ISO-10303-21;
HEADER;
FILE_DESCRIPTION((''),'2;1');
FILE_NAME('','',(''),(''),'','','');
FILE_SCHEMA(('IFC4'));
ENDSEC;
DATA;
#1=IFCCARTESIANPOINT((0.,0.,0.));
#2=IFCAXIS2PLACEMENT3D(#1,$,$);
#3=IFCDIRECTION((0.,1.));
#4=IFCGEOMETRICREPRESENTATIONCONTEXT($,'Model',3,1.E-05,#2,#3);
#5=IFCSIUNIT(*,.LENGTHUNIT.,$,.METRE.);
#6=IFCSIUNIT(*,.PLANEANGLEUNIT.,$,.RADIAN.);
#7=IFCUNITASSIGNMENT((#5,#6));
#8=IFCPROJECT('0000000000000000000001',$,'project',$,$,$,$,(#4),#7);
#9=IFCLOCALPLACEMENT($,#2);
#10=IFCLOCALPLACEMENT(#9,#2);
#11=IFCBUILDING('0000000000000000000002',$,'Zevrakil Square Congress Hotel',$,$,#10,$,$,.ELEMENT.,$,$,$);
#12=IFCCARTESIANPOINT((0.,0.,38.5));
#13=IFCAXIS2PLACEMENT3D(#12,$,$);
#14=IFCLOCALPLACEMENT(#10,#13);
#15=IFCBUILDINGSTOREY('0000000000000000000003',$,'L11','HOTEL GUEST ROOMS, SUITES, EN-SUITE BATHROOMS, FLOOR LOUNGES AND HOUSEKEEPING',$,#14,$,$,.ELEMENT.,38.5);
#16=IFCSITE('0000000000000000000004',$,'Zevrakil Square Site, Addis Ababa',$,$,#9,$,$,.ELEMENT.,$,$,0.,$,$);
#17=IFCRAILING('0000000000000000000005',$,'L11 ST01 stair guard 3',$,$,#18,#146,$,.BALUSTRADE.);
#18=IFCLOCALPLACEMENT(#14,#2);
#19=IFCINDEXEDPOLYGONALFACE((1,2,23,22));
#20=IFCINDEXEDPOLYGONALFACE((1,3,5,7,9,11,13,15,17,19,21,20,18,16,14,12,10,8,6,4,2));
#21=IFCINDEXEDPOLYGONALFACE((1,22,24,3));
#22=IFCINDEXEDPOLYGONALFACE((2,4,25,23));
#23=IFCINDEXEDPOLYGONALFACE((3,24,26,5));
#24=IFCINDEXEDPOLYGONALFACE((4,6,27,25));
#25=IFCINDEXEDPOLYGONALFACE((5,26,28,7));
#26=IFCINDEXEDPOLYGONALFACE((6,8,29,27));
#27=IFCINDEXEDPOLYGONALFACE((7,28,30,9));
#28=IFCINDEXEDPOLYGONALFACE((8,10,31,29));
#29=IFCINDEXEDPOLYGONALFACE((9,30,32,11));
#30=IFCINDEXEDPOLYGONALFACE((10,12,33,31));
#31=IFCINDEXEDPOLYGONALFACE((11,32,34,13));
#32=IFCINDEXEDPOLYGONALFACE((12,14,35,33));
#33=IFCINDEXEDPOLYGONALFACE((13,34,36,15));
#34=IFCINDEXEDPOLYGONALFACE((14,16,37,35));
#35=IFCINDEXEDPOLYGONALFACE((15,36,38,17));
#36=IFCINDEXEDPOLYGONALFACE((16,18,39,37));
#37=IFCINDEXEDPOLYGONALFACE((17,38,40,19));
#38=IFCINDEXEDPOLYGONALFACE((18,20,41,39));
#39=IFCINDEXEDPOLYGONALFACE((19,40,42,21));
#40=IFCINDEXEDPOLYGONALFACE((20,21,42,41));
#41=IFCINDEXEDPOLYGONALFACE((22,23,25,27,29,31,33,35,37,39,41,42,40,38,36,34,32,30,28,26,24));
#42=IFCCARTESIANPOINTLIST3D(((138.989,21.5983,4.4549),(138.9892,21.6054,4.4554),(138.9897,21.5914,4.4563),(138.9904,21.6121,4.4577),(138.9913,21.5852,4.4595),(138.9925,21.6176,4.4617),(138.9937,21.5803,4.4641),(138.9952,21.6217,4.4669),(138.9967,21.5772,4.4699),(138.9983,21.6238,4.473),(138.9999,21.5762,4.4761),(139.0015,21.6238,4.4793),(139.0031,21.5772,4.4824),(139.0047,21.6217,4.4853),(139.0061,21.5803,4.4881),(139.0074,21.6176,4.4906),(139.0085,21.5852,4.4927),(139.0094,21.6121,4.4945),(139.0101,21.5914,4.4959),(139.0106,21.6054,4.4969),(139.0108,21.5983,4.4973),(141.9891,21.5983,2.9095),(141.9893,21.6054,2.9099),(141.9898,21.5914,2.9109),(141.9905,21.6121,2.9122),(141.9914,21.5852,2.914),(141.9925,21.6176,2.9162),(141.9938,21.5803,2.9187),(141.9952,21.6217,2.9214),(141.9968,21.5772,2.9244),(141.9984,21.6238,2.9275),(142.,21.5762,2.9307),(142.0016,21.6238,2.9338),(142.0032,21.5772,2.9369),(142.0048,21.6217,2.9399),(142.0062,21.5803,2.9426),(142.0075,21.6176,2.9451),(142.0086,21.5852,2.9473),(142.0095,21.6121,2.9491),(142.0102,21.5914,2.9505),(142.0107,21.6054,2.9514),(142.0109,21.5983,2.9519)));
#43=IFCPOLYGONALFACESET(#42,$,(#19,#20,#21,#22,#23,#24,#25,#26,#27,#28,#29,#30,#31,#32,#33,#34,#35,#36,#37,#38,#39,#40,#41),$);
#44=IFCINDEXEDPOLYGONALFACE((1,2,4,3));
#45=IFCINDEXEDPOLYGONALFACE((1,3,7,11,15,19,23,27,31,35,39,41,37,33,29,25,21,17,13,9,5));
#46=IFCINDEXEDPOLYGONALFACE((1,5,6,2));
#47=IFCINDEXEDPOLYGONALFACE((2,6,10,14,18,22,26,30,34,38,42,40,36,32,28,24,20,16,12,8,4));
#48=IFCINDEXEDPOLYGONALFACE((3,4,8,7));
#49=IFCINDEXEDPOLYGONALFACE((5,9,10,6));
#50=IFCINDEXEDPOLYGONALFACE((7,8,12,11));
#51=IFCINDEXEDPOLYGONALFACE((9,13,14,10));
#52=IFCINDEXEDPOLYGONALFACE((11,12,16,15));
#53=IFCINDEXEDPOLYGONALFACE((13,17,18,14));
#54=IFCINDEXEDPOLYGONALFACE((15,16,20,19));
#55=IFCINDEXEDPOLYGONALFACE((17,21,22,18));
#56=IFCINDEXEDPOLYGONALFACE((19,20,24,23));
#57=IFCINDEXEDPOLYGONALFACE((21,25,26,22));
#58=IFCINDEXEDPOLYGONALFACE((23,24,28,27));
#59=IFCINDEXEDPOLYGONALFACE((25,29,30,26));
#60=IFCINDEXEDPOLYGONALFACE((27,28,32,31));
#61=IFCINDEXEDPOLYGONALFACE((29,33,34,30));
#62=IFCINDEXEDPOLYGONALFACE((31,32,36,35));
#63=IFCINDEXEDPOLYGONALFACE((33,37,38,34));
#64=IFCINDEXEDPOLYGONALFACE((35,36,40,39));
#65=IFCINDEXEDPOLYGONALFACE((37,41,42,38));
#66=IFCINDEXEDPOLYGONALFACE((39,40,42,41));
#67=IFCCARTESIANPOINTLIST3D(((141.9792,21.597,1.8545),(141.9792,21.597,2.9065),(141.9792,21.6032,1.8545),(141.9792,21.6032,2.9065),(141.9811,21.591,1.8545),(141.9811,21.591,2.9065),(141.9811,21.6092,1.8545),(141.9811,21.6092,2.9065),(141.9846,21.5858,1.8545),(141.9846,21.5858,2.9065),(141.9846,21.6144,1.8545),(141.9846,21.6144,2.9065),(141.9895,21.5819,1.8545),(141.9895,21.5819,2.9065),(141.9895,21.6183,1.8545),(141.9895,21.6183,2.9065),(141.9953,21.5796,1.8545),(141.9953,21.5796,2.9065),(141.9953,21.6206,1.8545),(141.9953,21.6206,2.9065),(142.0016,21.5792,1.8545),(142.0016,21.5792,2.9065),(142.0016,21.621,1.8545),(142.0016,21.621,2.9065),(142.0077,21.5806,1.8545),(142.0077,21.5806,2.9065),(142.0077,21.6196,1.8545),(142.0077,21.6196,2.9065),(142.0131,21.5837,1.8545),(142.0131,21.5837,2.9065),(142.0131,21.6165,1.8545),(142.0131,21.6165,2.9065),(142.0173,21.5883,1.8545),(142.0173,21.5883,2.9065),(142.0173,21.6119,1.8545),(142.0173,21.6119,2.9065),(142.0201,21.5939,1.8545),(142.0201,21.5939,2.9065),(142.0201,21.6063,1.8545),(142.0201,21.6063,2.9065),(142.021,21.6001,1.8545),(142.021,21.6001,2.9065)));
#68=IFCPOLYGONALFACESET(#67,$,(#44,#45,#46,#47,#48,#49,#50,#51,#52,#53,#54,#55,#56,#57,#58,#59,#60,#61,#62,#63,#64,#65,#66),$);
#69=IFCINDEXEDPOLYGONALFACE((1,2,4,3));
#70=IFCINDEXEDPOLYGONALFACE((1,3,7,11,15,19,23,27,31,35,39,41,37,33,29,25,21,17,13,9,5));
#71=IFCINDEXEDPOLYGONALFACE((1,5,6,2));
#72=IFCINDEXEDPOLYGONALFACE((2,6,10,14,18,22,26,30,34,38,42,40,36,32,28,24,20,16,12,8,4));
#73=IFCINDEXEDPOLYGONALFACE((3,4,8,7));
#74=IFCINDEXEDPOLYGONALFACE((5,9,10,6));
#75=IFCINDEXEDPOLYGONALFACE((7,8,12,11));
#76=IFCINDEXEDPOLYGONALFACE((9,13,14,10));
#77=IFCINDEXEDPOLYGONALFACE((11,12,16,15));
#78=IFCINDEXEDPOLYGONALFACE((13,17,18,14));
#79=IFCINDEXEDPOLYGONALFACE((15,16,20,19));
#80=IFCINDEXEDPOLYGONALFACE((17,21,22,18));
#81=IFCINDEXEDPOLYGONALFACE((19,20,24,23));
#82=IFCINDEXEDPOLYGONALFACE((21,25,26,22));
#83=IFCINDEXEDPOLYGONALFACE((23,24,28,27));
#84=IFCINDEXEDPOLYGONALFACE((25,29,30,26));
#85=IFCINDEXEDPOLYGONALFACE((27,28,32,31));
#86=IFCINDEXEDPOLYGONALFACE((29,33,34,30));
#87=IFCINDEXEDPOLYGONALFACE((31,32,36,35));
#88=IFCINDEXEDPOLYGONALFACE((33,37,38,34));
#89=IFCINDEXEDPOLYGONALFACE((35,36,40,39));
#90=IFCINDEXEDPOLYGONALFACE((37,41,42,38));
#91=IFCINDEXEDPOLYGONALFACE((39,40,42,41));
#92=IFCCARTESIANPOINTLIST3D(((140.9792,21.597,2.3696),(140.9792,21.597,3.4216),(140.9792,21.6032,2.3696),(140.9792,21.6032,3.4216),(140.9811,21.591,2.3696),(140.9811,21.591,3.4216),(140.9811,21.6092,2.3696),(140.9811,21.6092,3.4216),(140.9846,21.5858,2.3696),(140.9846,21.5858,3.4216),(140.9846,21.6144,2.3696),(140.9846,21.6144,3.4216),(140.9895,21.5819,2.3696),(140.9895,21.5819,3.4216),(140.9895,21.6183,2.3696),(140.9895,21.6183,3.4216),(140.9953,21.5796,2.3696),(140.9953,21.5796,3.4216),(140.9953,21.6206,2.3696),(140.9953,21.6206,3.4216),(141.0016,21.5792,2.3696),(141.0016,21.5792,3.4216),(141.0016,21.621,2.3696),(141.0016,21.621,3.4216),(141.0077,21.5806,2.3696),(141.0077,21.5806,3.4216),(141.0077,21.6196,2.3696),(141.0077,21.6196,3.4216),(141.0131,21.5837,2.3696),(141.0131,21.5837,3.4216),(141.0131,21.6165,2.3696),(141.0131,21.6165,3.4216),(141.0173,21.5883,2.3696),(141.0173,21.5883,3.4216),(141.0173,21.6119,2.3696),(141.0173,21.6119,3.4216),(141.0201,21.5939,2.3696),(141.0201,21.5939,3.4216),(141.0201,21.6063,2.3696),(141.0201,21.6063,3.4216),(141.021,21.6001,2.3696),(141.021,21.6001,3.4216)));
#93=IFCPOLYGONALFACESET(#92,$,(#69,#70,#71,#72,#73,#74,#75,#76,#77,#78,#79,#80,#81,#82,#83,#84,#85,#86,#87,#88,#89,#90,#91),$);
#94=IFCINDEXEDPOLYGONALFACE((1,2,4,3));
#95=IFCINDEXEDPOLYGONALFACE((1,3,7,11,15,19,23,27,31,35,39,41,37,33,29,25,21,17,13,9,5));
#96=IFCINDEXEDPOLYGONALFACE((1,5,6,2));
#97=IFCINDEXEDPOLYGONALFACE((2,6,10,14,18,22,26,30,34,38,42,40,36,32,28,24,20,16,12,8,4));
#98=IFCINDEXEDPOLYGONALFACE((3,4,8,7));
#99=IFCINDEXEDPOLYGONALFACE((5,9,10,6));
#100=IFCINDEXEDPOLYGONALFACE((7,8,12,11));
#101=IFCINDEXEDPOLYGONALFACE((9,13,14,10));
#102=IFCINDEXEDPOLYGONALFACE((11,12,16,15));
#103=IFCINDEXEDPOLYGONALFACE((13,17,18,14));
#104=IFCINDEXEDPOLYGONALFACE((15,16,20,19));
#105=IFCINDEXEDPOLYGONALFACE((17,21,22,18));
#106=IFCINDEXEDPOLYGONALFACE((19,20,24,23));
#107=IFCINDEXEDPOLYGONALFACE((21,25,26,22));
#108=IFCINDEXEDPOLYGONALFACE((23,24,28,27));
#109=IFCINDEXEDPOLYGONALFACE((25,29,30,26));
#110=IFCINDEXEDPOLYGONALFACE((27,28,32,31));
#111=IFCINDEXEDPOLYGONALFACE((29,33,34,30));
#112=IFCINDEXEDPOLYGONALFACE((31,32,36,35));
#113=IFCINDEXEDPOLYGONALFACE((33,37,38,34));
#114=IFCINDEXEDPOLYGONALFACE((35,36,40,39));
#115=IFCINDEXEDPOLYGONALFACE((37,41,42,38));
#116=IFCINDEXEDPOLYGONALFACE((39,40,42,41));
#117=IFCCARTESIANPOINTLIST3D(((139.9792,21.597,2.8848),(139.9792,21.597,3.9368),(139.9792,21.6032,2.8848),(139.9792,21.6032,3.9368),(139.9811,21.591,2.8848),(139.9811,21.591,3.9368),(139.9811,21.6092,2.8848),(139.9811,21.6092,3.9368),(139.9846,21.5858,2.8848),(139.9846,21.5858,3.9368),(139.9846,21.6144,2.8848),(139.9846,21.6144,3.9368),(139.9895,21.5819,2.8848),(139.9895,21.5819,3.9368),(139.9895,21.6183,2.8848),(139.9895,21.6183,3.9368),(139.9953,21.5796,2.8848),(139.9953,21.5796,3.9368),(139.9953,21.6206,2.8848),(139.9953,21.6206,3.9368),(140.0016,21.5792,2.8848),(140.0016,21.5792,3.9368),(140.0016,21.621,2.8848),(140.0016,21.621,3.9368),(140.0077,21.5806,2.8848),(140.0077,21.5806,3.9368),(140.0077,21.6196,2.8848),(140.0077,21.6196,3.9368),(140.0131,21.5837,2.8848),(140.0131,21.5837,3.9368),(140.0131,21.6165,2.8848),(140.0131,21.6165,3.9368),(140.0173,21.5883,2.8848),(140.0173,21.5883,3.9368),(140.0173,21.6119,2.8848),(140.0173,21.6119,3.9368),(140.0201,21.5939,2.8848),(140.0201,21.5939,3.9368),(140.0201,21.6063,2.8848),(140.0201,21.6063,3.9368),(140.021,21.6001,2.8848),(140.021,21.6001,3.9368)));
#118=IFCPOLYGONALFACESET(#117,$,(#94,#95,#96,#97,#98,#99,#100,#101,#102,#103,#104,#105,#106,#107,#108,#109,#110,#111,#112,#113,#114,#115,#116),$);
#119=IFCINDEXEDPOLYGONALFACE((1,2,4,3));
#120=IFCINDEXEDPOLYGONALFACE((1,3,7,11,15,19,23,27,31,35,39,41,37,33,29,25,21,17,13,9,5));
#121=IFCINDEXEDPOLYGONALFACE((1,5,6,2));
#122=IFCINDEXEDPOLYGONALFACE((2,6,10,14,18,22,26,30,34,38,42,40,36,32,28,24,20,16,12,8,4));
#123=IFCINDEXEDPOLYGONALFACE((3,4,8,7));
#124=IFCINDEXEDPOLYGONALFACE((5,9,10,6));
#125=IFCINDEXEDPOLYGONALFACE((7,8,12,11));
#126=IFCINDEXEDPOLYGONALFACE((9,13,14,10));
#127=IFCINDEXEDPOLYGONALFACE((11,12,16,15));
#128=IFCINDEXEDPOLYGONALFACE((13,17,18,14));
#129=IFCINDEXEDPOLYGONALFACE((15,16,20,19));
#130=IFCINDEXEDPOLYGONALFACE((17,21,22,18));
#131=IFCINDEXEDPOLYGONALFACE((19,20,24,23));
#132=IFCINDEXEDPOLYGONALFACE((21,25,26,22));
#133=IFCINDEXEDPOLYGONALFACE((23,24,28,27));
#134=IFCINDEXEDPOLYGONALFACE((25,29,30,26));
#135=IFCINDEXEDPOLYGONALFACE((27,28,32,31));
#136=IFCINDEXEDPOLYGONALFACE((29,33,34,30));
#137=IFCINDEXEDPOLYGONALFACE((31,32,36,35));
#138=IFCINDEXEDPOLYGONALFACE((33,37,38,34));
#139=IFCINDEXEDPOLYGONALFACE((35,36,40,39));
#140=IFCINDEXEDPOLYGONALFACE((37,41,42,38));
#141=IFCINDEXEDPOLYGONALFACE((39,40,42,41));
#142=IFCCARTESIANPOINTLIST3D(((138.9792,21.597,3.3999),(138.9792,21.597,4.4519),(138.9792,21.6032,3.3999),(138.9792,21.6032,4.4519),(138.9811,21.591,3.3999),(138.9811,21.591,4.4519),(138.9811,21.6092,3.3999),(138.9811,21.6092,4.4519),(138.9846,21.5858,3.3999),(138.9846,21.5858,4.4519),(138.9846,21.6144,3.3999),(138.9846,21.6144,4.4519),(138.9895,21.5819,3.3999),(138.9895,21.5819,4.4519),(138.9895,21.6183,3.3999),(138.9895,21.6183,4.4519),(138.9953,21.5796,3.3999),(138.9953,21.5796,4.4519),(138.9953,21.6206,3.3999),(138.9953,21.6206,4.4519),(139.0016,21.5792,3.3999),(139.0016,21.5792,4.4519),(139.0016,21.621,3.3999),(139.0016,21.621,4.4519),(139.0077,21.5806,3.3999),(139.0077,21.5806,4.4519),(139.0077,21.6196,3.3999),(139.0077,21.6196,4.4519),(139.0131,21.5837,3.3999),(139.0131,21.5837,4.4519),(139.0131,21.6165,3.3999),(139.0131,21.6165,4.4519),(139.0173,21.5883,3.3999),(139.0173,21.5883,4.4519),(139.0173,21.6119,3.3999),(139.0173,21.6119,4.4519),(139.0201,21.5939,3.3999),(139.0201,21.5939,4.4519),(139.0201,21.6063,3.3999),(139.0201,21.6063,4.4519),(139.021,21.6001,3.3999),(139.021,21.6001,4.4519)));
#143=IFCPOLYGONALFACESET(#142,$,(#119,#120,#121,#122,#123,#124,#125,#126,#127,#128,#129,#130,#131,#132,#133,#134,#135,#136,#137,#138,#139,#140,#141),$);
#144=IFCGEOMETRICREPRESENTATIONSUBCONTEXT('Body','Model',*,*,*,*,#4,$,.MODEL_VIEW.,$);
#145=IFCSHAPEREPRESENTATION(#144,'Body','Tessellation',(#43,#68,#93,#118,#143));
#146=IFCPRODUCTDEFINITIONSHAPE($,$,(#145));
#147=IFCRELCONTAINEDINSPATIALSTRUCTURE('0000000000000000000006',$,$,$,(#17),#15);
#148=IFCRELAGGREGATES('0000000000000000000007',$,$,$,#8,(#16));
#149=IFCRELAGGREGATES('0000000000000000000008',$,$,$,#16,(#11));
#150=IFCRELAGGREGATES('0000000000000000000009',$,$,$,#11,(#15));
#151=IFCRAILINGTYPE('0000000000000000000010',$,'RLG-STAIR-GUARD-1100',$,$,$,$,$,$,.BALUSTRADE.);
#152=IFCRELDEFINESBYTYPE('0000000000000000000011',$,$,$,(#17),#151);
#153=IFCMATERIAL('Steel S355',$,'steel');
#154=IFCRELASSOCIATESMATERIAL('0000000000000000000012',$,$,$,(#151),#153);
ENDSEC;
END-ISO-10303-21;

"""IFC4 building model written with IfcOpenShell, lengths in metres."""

from ifc_helpers import new_model, si_unit, direction, frame, origin, origin_2d, place, context, subcontext, project, spatial, circle, extrude, material, type_object, element, save


model = new_model("IFC4")

# Units and contexts
model_context = context("Model", 3, precision=1e-05, world=origin(), true_north=direction((0.0, 1.0)))
body_context = subcontext(model_context, "Body", "Model", "MODEL_VIEW")
ifc_project = project(units=[si_unit("LENGTHUNIT", "METRE"), si_unit("PLANEANGLEUNIT", "RADIAN")], contexts=[model_context])

# Site, building, storey
site_placement = place(None, origin())
site = spatial("IfcSite", under=ifc_project, at=site_placement, Name="Zevrakil Square Site, Addis Ababa", CompositionType="ELEMENT", RefElevation=0.0)
building_placement = place(site_placement, origin())
building = spatial("IfcBuilding", under=site, at=building_placement, Name="Zevrakil Square Congress Hotel", CompositionType="ELEMENT")
storey_placement = place(building_placement, frame((0.0, 0.0, 38.5)))
storey = spatial("IfcBuildingStorey", under=building, at=storey_placement, Name="L11", Description="HOTEL GUEST ROOMS, SUITES, EN-SUITE BATHROOMS, FLOOR LOUNGES AND HOUSEKEEPING", CompositionType="ELEMENT", Elevation=38.5)

# Railing
ifc_material_1 = material(Name="Steel S355", Category="steel")
railing_type_1 = type_object("IfcRailingType", Name="RLG-STAIR-GUARD-1100", PredefinedType="BALUSTRADE", material=ifc_material_1)
railing_1_placement = place(storey_placement, frame((142.0, 21.6001, 1.8545)))
element("IfcRailing", 1, at=railing_1_placement, inside=storey, type_object=railing_type_1, Name="L11 ST01 stair guard 3", PredefinedType="BALUSTRADE", context=body_context, shape_type="SweptSolid", body=[
    extrude(circle(Radius=0.0239, at=origin_2d()), frame((0.0, 0.0, 1.0762), z_axis=(-0.88898, 0.0, 0.457946), x_axis=(0.0, -1.0, 0.0)), (0.0, 0.0, 1.0), 3.3748),
    extrude(circle(Radius=0.021, at=origin_2d()), origin(), (0.0, 0.0, 1.0), 1.052),
    extrude(circle(Radius=0.021, at=origin_2d()), frame((-1.0, 0.0, 0.5151)), (0.0, 0.0, 1.0), 1.052),
    extrude(circle(Radius=0.021, at=origin_2d()), frame((-2.0, 0.0, 1.0303)), (0.0, 0.0, 1.0), 1.052),
    extrude(circle(Radius=0.021, at=origin_2d()), frame((-3.0, 0.0, 1.5454)), (0.0, 0.0, 1.0), 1.052),
])

save(model, "model.ifc")
